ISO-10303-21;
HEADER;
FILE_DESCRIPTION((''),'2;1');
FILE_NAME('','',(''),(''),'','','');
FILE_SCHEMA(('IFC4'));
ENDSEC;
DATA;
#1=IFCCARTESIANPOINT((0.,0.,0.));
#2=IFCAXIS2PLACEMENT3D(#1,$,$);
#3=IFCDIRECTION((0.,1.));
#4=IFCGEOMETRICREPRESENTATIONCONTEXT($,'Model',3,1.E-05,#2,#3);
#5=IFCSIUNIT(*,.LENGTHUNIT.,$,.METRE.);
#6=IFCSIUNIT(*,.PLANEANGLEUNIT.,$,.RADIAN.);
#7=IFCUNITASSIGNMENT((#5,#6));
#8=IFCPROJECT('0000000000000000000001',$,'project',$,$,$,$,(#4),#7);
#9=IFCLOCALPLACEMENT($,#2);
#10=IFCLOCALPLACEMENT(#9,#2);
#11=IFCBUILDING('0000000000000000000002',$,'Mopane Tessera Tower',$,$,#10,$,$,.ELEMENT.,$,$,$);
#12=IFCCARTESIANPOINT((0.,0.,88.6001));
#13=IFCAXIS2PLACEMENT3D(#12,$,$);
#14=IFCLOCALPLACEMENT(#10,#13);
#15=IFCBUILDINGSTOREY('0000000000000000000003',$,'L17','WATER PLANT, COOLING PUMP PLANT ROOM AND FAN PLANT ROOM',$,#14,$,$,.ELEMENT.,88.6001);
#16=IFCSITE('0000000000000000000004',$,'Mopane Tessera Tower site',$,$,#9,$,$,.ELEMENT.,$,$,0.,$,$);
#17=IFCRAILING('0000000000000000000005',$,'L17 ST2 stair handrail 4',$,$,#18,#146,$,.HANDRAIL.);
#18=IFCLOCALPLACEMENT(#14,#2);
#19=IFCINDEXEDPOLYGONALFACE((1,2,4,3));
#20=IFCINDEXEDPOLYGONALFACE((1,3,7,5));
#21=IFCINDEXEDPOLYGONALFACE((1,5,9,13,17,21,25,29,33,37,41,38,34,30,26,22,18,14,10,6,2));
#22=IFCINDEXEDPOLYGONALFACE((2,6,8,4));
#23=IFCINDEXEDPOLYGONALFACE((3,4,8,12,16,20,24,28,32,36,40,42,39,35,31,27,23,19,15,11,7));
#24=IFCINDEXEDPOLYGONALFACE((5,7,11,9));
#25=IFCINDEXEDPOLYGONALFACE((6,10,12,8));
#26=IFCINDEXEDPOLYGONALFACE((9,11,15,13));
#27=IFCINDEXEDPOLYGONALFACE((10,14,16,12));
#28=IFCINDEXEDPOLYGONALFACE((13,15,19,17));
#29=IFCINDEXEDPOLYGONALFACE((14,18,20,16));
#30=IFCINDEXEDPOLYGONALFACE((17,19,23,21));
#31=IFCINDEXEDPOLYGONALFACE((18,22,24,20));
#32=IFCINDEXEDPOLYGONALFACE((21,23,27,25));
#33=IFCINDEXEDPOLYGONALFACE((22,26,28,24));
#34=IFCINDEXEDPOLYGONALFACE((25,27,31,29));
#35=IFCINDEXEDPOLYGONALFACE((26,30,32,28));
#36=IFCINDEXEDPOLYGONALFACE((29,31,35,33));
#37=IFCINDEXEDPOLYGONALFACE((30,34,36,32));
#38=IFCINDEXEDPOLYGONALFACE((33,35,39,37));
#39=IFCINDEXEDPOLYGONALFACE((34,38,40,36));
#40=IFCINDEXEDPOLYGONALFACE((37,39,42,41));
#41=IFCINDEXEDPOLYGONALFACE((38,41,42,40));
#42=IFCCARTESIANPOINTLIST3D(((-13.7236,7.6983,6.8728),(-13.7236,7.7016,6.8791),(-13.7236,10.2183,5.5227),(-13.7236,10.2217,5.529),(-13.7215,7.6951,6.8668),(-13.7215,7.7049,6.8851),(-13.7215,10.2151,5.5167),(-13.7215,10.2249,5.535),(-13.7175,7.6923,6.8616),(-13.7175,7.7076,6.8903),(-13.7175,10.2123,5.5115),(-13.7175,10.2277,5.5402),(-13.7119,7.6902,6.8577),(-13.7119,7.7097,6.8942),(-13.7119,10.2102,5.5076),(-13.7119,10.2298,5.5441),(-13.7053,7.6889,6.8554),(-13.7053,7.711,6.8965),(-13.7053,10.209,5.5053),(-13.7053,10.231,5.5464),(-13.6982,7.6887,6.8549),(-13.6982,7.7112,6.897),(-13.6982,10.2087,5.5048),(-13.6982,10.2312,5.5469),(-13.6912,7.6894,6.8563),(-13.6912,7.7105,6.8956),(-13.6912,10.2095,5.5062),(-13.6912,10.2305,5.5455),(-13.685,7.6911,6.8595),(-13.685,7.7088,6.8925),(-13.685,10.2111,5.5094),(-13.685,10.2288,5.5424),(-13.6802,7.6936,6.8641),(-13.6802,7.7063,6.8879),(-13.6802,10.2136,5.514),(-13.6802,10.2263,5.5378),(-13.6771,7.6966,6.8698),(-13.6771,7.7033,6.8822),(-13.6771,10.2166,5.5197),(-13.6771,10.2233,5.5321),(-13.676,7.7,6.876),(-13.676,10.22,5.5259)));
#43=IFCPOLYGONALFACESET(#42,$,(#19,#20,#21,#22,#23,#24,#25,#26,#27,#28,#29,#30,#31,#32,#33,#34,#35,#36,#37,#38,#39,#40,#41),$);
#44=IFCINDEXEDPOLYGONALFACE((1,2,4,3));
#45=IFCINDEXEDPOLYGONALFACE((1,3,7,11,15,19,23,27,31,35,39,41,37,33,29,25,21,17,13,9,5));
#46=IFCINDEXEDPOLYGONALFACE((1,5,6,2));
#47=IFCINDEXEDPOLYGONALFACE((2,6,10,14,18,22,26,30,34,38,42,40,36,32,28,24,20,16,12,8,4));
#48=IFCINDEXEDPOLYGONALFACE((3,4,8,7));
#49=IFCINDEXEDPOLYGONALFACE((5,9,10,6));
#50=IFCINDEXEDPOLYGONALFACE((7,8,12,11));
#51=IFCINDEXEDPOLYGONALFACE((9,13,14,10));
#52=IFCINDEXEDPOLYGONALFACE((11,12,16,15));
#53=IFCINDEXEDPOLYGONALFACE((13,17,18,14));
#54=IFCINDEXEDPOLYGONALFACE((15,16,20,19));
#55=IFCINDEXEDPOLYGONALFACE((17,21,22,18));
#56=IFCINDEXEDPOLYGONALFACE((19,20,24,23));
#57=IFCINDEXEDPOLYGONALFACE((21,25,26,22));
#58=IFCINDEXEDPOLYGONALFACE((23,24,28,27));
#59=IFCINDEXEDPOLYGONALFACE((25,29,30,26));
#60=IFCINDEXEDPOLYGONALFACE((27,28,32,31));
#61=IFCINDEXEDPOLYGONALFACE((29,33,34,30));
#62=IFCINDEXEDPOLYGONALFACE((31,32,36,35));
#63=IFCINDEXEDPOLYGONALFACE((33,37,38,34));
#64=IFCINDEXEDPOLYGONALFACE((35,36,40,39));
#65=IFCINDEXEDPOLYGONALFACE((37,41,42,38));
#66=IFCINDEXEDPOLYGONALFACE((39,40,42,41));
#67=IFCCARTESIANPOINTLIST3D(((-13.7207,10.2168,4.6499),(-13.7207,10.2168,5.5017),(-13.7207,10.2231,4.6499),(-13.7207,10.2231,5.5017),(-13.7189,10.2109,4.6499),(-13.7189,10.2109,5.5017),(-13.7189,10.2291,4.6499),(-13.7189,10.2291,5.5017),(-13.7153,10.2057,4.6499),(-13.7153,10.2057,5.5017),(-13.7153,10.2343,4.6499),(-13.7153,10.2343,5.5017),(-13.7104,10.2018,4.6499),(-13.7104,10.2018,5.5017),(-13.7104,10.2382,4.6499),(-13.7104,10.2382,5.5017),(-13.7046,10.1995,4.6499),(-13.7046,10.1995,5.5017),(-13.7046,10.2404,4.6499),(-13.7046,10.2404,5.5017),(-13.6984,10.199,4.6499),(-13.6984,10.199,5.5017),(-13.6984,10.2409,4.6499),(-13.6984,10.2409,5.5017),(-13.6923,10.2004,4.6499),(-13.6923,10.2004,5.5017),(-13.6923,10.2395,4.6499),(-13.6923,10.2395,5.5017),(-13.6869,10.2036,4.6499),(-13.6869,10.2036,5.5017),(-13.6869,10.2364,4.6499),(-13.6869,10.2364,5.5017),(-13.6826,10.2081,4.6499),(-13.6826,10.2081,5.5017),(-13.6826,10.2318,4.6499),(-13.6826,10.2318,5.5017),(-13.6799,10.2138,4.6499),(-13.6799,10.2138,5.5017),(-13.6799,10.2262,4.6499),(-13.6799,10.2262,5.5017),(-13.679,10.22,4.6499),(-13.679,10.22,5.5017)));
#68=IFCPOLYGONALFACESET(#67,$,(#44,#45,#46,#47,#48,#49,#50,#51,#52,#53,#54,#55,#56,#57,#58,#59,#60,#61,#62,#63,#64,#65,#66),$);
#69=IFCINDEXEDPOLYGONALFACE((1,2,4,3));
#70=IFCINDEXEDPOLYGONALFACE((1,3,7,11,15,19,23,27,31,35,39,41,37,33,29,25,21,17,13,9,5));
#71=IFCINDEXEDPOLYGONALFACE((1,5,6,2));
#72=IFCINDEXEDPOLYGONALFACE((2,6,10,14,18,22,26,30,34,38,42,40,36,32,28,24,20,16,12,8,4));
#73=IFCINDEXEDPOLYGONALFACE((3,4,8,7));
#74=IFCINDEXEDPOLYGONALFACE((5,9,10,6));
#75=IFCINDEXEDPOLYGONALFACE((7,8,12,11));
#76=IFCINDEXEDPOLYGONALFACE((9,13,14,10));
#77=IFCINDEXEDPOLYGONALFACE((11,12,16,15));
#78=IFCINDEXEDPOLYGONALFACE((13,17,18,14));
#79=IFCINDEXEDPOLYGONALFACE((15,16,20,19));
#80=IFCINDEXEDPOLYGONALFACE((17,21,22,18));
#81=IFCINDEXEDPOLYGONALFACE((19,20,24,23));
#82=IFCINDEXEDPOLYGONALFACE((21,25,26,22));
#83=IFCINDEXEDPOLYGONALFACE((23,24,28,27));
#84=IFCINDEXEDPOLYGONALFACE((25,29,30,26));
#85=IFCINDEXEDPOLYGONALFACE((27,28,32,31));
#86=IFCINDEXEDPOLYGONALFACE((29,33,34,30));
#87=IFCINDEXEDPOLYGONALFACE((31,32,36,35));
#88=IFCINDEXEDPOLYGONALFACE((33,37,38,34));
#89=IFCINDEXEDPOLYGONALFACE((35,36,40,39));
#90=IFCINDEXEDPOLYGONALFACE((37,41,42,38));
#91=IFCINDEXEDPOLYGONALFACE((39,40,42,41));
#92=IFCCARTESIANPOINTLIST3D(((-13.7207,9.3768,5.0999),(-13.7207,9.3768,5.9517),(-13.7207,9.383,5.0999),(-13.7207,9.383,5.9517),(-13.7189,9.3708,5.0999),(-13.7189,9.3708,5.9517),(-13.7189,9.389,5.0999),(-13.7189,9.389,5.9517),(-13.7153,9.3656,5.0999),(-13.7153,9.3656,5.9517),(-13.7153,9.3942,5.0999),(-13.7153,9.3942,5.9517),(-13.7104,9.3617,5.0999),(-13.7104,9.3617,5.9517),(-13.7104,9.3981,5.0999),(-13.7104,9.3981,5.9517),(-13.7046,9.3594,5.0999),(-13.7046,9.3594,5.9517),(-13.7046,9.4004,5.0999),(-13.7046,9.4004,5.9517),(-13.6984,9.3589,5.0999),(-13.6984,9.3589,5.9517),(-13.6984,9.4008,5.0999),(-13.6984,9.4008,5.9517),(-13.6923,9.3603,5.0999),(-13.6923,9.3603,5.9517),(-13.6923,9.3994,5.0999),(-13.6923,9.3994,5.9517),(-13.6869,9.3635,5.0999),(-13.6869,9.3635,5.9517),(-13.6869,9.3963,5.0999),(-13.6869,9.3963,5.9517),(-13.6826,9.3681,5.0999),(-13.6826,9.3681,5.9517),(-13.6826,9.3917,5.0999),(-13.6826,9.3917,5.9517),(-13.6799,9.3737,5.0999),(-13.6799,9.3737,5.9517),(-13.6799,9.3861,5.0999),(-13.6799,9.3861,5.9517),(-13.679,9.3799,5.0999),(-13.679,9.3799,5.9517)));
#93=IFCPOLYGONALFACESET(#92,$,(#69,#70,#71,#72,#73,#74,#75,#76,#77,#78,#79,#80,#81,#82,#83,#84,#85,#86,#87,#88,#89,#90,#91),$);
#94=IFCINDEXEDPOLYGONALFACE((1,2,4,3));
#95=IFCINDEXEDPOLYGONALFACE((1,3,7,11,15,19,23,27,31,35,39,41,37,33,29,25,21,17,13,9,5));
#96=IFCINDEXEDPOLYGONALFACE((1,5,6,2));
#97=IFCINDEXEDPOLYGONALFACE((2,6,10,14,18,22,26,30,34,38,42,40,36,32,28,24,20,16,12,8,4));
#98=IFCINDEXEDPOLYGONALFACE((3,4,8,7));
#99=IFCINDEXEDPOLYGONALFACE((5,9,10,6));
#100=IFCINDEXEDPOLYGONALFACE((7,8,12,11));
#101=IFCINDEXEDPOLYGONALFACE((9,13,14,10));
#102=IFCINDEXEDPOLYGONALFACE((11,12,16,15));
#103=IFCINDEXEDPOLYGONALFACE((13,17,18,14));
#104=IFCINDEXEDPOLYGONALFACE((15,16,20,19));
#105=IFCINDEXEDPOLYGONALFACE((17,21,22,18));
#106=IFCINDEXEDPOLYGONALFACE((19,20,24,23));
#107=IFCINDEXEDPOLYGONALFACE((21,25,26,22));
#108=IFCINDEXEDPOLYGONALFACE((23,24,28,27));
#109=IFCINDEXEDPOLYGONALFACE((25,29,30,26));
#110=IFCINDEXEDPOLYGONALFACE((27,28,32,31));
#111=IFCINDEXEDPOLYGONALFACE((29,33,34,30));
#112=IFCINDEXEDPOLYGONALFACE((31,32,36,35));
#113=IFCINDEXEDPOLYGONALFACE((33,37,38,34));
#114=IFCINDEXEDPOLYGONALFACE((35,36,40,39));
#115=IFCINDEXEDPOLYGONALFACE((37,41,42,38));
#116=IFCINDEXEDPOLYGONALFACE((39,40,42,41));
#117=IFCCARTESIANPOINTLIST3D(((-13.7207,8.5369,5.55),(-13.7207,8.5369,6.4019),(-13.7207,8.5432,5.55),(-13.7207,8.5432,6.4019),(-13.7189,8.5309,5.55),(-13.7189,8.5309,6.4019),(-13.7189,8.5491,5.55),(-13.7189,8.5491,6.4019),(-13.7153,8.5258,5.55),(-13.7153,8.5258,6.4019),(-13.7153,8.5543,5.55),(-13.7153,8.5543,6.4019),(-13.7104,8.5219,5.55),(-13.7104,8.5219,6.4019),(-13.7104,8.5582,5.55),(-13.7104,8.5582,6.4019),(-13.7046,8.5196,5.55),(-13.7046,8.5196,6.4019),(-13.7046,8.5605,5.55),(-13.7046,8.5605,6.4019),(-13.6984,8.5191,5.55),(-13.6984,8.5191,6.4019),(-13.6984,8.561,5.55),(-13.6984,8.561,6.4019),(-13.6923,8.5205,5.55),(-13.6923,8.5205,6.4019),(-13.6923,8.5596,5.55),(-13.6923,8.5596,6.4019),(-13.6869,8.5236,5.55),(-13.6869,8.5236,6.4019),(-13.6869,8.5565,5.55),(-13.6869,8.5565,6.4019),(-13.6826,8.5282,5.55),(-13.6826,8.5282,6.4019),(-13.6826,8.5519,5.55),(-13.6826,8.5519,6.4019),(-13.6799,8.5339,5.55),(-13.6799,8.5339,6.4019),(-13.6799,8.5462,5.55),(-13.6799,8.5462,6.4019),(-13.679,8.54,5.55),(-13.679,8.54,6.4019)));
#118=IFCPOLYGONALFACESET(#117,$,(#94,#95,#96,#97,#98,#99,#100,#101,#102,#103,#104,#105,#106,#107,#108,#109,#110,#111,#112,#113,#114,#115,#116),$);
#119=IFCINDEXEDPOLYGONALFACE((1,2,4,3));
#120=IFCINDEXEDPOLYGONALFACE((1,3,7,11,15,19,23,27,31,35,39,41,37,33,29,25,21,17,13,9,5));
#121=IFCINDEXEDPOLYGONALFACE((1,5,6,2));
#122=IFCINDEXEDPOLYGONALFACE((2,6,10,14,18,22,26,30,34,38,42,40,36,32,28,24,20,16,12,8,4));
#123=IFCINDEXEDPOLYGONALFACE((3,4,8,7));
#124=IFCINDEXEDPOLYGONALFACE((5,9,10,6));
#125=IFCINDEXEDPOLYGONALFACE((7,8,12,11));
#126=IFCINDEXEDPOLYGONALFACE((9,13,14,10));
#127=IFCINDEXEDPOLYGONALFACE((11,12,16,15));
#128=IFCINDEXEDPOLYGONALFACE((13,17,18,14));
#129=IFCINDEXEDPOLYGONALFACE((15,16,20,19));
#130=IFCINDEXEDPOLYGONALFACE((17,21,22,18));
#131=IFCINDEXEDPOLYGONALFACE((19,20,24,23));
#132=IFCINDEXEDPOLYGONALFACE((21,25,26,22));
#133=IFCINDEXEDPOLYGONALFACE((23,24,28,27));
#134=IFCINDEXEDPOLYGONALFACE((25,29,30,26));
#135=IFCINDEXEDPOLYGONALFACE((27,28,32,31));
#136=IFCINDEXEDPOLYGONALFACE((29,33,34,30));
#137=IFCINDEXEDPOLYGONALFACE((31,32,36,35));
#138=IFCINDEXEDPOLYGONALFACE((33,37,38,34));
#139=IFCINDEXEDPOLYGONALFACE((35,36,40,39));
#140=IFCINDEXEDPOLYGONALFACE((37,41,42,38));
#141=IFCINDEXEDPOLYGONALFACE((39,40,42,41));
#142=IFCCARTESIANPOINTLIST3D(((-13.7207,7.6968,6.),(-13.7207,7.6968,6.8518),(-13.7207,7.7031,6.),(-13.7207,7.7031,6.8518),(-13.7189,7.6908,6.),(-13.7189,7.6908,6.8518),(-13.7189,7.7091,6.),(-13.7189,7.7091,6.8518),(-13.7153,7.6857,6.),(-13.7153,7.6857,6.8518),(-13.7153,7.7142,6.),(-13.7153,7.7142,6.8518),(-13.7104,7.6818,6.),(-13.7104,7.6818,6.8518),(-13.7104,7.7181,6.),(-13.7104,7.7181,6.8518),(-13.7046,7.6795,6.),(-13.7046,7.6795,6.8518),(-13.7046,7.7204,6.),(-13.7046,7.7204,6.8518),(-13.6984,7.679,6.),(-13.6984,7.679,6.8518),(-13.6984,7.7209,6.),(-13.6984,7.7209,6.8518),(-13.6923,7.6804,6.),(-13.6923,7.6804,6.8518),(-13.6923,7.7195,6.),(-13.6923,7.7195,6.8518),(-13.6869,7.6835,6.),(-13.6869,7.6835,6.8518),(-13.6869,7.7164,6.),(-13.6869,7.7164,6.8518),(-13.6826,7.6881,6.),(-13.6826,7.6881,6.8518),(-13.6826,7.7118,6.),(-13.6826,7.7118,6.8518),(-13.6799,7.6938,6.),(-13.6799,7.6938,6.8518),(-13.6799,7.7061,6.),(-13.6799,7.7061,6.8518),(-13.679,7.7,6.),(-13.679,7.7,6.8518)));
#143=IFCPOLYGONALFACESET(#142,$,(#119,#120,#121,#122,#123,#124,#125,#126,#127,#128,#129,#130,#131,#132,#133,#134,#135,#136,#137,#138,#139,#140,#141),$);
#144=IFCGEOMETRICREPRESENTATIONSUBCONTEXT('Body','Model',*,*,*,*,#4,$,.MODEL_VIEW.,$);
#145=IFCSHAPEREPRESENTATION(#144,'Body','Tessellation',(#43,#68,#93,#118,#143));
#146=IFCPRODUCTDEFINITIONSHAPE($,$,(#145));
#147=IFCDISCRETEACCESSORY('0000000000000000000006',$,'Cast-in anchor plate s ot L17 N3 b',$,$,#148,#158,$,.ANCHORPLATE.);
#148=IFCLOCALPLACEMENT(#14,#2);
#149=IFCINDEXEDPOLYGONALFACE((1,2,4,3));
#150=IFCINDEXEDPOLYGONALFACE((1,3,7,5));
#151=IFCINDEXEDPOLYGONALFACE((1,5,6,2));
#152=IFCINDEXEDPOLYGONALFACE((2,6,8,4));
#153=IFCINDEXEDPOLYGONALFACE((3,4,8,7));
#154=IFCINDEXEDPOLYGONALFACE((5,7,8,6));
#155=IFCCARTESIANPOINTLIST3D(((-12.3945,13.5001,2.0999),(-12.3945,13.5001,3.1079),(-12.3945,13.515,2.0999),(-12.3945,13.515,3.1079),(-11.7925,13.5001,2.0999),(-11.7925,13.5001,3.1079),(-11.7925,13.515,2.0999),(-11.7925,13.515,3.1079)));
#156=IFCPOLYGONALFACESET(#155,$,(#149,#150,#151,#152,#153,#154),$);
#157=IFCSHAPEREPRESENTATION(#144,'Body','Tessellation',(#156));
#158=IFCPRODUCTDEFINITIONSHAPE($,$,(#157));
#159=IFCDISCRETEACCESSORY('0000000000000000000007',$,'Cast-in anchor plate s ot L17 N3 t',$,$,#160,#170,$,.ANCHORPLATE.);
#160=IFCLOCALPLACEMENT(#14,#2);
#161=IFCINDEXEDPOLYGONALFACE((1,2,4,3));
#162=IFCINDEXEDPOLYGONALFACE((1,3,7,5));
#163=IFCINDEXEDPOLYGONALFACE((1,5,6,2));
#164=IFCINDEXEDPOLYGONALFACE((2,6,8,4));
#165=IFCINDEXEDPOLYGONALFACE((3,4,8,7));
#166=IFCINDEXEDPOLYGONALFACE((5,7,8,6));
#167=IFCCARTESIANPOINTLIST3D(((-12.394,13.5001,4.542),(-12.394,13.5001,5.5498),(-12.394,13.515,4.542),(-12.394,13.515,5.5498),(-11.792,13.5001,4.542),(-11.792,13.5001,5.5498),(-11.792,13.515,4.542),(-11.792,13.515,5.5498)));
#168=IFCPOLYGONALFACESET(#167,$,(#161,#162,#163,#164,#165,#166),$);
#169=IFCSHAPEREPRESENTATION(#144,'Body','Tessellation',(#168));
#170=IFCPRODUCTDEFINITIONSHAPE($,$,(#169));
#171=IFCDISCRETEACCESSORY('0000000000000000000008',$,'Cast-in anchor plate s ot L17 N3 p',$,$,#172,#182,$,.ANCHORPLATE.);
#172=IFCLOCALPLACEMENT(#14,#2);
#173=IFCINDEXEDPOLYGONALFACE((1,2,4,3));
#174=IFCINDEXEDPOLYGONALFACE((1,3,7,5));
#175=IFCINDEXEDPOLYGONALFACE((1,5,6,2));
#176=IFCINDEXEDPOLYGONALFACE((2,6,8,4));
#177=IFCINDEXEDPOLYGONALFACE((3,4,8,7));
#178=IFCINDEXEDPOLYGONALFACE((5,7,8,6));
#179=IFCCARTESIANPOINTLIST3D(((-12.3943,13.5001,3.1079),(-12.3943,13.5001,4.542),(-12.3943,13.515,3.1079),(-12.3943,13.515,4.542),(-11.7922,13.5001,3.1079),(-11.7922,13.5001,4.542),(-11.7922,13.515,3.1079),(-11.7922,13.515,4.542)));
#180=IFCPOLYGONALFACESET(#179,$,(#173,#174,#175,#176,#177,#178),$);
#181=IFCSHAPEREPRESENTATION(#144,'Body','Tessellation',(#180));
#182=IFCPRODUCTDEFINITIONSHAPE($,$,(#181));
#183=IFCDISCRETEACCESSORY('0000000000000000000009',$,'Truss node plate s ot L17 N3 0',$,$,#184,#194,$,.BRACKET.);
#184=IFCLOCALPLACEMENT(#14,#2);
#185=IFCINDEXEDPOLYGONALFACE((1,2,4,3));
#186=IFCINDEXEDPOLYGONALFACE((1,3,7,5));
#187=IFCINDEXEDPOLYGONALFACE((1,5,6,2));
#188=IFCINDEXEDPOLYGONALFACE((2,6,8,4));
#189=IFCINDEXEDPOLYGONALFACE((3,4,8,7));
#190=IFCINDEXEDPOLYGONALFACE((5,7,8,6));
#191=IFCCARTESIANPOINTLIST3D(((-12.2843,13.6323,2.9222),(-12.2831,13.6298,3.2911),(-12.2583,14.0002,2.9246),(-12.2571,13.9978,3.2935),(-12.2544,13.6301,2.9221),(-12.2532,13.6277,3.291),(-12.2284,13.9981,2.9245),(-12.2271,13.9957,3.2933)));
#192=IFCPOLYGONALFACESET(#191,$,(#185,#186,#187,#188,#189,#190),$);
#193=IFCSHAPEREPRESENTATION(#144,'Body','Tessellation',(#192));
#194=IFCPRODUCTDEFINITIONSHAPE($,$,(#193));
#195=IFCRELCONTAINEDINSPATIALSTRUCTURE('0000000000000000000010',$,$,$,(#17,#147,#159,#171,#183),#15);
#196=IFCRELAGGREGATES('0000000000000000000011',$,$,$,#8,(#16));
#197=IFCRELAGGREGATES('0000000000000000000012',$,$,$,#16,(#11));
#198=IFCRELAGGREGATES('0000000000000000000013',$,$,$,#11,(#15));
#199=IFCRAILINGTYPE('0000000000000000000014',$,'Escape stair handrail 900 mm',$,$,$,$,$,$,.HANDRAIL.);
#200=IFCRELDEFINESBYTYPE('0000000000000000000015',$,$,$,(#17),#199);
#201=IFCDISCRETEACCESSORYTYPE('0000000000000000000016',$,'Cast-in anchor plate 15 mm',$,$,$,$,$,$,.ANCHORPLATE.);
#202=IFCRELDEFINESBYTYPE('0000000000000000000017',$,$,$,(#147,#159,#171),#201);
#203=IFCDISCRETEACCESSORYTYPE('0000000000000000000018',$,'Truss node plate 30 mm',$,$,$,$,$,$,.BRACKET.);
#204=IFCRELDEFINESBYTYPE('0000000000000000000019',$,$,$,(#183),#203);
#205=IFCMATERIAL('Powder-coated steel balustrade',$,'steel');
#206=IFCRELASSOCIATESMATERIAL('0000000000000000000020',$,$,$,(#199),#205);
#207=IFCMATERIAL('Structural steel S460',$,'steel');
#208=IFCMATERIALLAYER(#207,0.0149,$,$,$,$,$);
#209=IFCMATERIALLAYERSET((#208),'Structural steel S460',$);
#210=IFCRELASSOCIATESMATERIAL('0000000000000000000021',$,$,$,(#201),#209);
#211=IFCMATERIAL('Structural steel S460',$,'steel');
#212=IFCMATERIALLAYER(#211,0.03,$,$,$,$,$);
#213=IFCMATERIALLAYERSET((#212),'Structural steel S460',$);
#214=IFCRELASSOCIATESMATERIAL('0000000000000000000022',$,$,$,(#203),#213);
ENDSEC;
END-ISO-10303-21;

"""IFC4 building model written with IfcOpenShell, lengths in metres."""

from ifc_helpers import new_model, si_unit, direction, frame, origin, origin_2d, place, context, subcontext, project, spatial, rectangle, circle, extrude, material, layer, layer_set, type_object, element, save


model = new_model("IFC4")

# Units and contexts
model_context = context("Model", 3, precision=1e-05, world=origin(), true_north=direction((0.0, 1.0)))
body_context = subcontext(model_context, "Body", "Model", "MODEL_VIEW")
ifc_project = project(units=[si_unit("LENGTHUNIT", "METRE"), si_unit("PLANEANGLEUNIT", "RADIAN")], contexts=[model_context])

# Site, building, storey
site_placement = place(None, origin())
site = spatial("IfcSite", under=ifc_project, at=site_placement, Name="Mopane Tessera Tower site", CompositionType="ELEMENT", RefElevation=0.0)
building_placement = place(site_placement, origin())
building = spatial("IfcBuilding", under=site, at=building_placement, Name="Mopane Tessera Tower", CompositionType="ELEMENT")
storey_placement = place(building_placement, frame((0.0, 0.0, 88.6001)))
storey = spatial("IfcBuildingStorey", under=building, at=storey_placement, Name="L17", Description="WATER PLANT, COOLING PUMP PLANT ROOM AND FAN PLANT ROOM", CompositionType="ELEMENT", Elevation=88.6001)

# Railing
ifc_material_1 = material(Name="Powder-coated steel balustrade", Category="steel")
railing_type_1 = type_object("IfcRailingType", Name="Escape stair handrail 900 mm", PredefinedType="HANDRAIL", material=ifc_material_1)
for number, where, name in (
    (1, (-13.7, 10.22, 4.6499), "L17 ST2 stair handrail 4"),
):
    element("IfcRailing", number, at=place(storey_placement, frame(where)), inside=storey, type_object=railing_type_1, Name=name, PredefinedType="HANDRAIL", context=body_context, shape_type="SweptSolid", body=[
        extrude(circle(Radius=0.0239, at=origin_2d()), frame((0.0, 0.0, 0.876), z_axis=(0.0, -0.881467, 0.472245), x_axis=(1.0, 0.0, 0.0)), (0.0, 0.0, 1.0), 2.8589),
        extrude(circle(Radius=0.021, at=origin_2d()), origin(), (0.0, 0.0, 1.0), 0.8518),
        extrude(circle(Radius=0.021, at=origin_2d()), frame((0.0, -0.8401, 0.45)), (0.0, 0.0, 1.0), 0.8518),
        extrude(circle(Radius=0.021, at=origin_2d()), frame((0.0, -1.6799, 0.9001)), (0.0, 0.0, 1.0), 0.8518),
        extrude(circle(Radius=0.021, at=origin_2d()), frame((0.0, -2.52, 1.3501)), (0.0, 0.0, 1.0), 0.8518),
    ])

# Discrete accessories
ifc_material_2 = material(Name="Structural steel S460", Category="steel")
ifc_layer_1 = layer(ifc_material_2, 0.0149)
ifc_layer_set_1 = layer_set([ifc_layer_1], Name="Structural steel S460")
discrete_accessory_type_1 = type_object("IfcDiscreteAccessoryType", Name="Cast-in anchor plate 15 mm", PredefinedType="ANCHORPLATE", material=ifc_layer_set_1)
discrete_accessory_1_placement = place(storey_placement, frame((-12.0935, 13.5076, 2.0999), z_axis=(0.0, 0.0, 1.0), x_axis=(0.0, 1.0, 0.0)))
element("IfcDiscreteAccessory", 2, at=discrete_accessory_1_placement, inside=storey, type_object=discrete_accessory_type_1, Name="Cast-in anchor plate s ot L17 N3 b", PredefinedType="ANCHORPLATE", context=body_context, shape_type="SweptSolid", body=[
    extrude(rectangle(XDim=0.0149, YDim=0.6021, at=origin_2d()), origin(), (0.0, 0.0, 1.0), 1.0081),
])
discrete_accessory_2_placement = place(storey_placement, frame((-12.093, 13.5076, 4.542), z_axis=(0.0, 0.0, 1.0), x_axis=(0.0, 1.0, 0.0)))
element("IfcDiscreteAccessory", 3, at=discrete_accessory_2_placement, inside=storey, type_object=discrete_accessory_type_1, Name="Cast-in anchor plate s ot L17 N3 t", PredefinedType="ANCHORPLATE", context=body_context, shape_type="SweptSolid", body=[
    extrude(rectangle(XDim=0.0149, YDim=0.6021, at=origin_2d()), origin(), (0.0, 0.0, 1.0), 1.0078),
])
discrete_accessory_3_placement = place(storey_placement, frame((-12.0933, 13.5076, 3.1079), z_axis=(0.0, 0.0, 1.0), x_axis=(0.0, 1.0, 0.0)))
element("IfcDiscreteAccessory", 4, at=discrete_accessory_3_placement, inside=storey, type_object=discrete_accessory_type_1, Name="Cast-in anchor plate s ot L17 N3 p", PredefinedType="ANCHORPLATE", context=body_context, shape_type="SweptSolid", body=[
    extrude(rectangle(XDim=0.0149, YDim=0.6021, at=origin_2d()), origin(), (0.0, 0.0, 1.0), 1.4341),
])
ifc_material_3 = material(Name="Structural steel S460", Category="steel")
ifc_layer_2 = layer(ifc_material_3, 0.03)
ifc_layer_set_2 = layer_set([ifc_layer_2], Name="Structural steel S460")
discrete_accessory_type_2 = type_object("IfcDiscreteAccessoryType", Name="Truss node plate 30 mm", PredefinedType="BRACKET", material=ifc_layer_set_2)
discrete_accessory_4_placement = place(storey_placement, frame((-12.2563, 13.8152, 2.9233), z_axis=(0.003309, -0.006618, 0.999973), x_axis=(-0.997501, 0.070546, 0.003768)))
element("IfcDiscreteAccessory", 5, at=discrete_accessory_4_placement, inside=storey, type_object=discrete_accessory_type_2, Name="Truss node plate s ot L17 N3 0", PredefinedType="BRACKET", context=body_context, shape_type="SweptSolid", body=[
    extrude(rectangle(XDim=0.03, YDim=0.3689, at=origin_2d()), origin(), (0.0, 0.0, 1.0), 0.3689),
])

save(model, "model.ifc")
